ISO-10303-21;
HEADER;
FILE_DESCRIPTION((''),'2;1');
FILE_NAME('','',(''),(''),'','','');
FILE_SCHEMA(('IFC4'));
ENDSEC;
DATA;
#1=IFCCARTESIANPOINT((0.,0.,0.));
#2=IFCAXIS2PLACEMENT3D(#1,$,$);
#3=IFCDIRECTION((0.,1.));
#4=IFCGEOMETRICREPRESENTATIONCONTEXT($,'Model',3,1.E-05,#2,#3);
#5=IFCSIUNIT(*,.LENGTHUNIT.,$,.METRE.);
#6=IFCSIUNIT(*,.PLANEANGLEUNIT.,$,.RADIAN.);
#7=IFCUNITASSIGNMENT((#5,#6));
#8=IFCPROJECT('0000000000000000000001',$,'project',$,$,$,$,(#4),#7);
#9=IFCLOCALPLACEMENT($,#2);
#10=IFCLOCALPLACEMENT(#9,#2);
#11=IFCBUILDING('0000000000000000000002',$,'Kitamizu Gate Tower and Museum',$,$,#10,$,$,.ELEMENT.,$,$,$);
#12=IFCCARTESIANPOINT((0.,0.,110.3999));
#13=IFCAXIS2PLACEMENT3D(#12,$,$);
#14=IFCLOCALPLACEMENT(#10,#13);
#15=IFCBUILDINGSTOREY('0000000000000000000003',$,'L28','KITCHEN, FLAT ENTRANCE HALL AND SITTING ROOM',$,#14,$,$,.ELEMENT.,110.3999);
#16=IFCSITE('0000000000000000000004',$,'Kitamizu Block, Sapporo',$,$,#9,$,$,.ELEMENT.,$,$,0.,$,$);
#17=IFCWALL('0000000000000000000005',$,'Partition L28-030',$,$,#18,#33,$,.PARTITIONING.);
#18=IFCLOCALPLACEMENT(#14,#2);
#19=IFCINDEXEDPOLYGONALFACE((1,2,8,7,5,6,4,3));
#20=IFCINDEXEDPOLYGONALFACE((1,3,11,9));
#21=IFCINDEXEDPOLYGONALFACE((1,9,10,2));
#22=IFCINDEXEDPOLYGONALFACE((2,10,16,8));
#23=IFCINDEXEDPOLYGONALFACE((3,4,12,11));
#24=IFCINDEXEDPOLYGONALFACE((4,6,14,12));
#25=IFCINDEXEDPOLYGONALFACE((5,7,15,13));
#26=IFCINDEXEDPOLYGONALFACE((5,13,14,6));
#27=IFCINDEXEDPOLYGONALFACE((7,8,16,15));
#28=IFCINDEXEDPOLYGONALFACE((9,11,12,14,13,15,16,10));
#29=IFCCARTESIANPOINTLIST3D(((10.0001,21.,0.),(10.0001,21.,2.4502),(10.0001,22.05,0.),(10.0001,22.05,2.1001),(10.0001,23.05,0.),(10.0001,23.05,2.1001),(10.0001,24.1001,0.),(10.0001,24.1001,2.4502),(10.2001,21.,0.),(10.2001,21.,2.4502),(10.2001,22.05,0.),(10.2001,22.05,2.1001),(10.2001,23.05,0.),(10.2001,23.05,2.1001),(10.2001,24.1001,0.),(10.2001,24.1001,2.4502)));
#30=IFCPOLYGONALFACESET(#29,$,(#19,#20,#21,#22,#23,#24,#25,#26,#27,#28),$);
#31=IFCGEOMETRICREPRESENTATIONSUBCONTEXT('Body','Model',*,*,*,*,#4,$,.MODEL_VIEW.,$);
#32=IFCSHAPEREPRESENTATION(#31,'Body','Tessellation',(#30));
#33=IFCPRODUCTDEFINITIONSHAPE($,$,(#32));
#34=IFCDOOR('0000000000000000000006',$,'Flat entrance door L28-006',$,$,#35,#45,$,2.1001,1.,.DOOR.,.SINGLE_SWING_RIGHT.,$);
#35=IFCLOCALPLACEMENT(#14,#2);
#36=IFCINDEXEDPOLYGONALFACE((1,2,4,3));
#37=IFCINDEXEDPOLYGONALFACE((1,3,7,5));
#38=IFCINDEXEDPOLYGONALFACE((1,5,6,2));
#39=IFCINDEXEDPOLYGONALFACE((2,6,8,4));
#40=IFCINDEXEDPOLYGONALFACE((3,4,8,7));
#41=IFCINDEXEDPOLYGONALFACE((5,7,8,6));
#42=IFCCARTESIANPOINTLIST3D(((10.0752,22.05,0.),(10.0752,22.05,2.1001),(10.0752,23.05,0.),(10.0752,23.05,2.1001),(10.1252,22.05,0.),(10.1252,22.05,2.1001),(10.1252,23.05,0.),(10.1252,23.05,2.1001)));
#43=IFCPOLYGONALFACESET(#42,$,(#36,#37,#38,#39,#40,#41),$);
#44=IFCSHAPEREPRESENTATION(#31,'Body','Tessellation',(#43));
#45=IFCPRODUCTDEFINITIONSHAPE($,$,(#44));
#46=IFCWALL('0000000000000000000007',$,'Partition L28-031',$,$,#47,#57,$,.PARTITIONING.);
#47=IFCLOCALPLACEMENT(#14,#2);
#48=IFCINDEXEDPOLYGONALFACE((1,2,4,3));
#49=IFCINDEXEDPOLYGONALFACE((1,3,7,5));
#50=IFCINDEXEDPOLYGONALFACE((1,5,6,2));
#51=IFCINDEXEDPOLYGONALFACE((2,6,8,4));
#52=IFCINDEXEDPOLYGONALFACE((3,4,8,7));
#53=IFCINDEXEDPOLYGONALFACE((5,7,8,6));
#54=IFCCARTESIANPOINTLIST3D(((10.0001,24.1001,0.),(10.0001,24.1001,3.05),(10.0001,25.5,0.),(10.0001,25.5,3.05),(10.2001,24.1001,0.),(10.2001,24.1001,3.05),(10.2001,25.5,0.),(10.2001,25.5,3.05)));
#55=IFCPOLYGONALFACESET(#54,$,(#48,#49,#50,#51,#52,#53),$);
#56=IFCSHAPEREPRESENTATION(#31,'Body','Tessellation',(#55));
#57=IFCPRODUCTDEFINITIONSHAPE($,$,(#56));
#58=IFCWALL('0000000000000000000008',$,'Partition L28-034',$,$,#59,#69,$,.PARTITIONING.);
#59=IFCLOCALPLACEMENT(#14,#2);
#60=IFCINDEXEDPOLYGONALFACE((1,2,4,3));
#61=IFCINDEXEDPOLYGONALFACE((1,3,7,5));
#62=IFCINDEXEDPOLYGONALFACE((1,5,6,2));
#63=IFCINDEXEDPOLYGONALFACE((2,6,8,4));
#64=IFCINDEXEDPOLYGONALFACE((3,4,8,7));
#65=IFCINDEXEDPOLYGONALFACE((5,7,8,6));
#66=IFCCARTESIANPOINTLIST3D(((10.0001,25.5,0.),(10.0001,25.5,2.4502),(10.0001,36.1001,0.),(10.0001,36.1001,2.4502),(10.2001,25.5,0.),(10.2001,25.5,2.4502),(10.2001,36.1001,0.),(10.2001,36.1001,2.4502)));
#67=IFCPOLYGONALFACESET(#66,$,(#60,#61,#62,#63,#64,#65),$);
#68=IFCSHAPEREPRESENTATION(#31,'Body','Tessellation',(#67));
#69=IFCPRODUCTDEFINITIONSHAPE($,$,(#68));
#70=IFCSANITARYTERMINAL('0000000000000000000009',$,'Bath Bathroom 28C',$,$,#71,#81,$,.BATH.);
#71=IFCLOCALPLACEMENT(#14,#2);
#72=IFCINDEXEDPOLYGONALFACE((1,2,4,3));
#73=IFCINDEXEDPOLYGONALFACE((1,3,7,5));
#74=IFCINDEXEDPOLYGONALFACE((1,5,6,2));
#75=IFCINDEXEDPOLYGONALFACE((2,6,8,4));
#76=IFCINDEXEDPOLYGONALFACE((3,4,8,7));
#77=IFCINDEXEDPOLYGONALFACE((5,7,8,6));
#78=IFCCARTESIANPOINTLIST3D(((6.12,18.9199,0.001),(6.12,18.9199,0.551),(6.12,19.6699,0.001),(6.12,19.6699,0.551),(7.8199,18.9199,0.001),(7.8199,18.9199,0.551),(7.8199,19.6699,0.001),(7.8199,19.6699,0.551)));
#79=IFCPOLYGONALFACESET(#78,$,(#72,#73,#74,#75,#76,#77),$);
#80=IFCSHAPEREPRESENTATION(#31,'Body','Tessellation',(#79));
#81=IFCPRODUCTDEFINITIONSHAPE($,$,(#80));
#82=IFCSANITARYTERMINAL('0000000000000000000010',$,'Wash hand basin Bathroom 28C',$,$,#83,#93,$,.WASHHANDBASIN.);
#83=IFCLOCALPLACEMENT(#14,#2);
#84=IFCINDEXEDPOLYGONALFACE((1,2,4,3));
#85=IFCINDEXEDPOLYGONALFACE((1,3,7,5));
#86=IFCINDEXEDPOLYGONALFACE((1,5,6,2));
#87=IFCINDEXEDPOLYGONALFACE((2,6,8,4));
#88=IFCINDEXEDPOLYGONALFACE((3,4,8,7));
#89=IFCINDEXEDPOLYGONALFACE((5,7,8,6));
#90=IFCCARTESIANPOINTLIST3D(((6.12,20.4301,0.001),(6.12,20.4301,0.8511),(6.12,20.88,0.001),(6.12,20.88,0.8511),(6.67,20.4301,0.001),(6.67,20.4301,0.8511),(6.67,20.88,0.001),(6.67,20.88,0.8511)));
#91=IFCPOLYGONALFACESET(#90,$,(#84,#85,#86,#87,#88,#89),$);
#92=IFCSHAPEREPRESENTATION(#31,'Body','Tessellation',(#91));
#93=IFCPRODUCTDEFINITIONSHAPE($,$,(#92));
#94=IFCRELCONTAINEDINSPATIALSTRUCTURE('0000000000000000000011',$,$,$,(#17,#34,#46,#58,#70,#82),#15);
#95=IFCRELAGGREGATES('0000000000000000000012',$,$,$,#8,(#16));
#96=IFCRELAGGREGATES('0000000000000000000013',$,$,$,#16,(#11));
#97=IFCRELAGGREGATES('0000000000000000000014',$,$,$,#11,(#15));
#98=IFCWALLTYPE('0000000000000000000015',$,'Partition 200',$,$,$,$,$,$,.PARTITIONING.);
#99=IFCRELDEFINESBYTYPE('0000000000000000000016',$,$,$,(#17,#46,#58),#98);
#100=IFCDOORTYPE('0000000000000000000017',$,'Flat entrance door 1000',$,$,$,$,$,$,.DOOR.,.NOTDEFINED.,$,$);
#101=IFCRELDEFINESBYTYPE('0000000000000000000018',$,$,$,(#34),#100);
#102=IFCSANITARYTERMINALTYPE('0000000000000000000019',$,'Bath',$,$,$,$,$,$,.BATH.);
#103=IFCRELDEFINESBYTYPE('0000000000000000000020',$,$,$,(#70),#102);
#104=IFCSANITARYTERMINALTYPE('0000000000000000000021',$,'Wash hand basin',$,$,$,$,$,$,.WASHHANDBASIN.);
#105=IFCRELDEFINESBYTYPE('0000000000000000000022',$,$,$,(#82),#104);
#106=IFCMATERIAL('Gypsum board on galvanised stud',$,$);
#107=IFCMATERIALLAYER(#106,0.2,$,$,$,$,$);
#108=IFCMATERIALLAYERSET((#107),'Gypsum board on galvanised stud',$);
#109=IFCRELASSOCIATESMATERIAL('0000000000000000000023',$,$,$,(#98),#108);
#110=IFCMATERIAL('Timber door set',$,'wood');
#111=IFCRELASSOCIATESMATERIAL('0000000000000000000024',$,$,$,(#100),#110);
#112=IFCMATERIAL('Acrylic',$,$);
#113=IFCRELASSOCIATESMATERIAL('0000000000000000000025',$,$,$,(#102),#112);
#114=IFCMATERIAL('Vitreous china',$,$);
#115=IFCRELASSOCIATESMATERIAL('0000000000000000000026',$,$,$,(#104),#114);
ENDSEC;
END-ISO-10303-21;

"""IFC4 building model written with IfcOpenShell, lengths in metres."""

from ifc_helpers import new_model, si_unit, direction, frame, frame_2d, origin, origin_2d, place, context, subcontext, project, spatial, rectangle, extrude, material, layer, layer_set, type_object, element, fill, save


model = new_model("IFC4")

# Units and contexts
model_context = context("Model", 3, precision=1e-05, world=origin(), true_north=direction((0.0, 1.0)))
body_context = subcontext(model_context, "Body", "Model", "MODEL_VIEW")
ifc_project = project(units=[si_unit("LENGTHUNIT", "METRE"), si_unit("PLANEANGLEUNIT", "RADIAN")], contexts=[model_context])

# Site, building, storey
site_placement = place(None, origin())
site = spatial("IfcSite", under=ifc_project, at=site_placement, Name="Kitamizu Block, Sapporo", CompositionType="ELEMENT", RefElevation=0.0)
building_placement = place(site_placement, origin())
building = spatial("IfcBuilding", under=site, at=building_placement, Name="Kitamizu Gate Tower and Museum", CompositionType="ELEMENT")
storey_placement = place(building_placement, frame((0.0, 0.0, 110.3999)))
storey = spatial("IfcBuildingStorey", under=building, at=storey_placement, Name="L28", Description="KITCHEN, FLAT ENTRANCE HALL AND SITTING ROOM", CompositionType="ELEMENT", Elevation=110.3999)

# Wall, opening, door
ifc_material_1 = material(Name="Gypsum board on galvanised stud")
ifc_layer_1 = layer(ifc_material_1, 0.2)
ifc_layer_set_1 = layer_set([ifc_layer_1], Name="Gypsum board on galvanised stud")
wall_type_1 = type_object("IfcWallType", Name="Partition 200", PredefinedType="PARTITIONING", material=ifc_layer_set_1)
wall_1_placement = place(storey_placement, frame((10.1001, 21.0, 0.0), z_axis=(0.0, 0.0, 1.0), x_axis=(0.0, 1.0, 0.0)))
wall_1 = element("IfcWall", 1, at=wall_1_placement, inside=storey, type_object=wall_type_1, Name="Partition L28-030", PredefinedType="PARTITIONING", context=body_context, shape_type="SweptSolid", body=[
    extrude(rectangle(XDim=3.1001, YDim=0.2, at=frame_2d((1.55, 0.0))), origin(), (0.0, 0.0, 1.0), 2.4502),
])
opening_1_placement = place(wall_1_placement, frame((1.05, 0.0, 0.0)))
opening_1 = element("IfcOpeningElement", 2, at=opening_1_placement, cuts=wall_1, PredefinedType="OPENING", context=body_context, shape_type="SweptSolid", body=[
    extrude(rectangle(XDim=1.0, YDim=2.1001, at=frame_2d((0.5, 1.05))), frame((0.0, 0.1099, 0.0), z_axis=(0.0, -1.0, 0.0), x_axis=(1.0, 0.0, 0.0)), (0.0, 0.0, 1.0), 0.22),
])
ifc_material_2 = material(Name="Timber door set", Category="wood")
door_type_1 = type_object("IfcDoorType", Name="Flat entrance door 1000", OperationType="NOTDEFINED", PredefinedType="DOOR", material=ifc_material_2)
door_1_placement = place(opening_1_placement, origin())
door_1 = element("IfcDoor", 3, at=door_1_placement, inside=storey, type_object=door_type_1, Name="Flat entrance door L28-006", OperationType="SINGLE_SWING_RIGHT", OverallHeight=2.1001, OverallWidth=1.0, PredefinedType="DOOR", context=body_context, shape_type="SweptSolid", body=[
    extrude(rectangle(XDim=1.0, YDim=2.1001, at=frame_2d((0.5, 1.05))), frame((0.0, 0.0249, 0.0), z_axis=(0.0, -1.0, 0.0), x_axis=(1.0, 0.0, 0.0)), (0.0, 0.0, 1.0), 0.05),
])
fill(opening_1, door_1)

# Walls
wall_2_placement = place(storey_placement, frame((10.1001, 24.1001, 0.0), z_axis=(0.0, 0.0, 1.0), x_axis=(0.0, 1.0, 0.0)))
element("IfcWall", 4, at=wall_2_placement, inside=storey, type_object=wall_type_1, Name="Partition L28-031", PredefinedType="PARTITIONING", context=body_context, shape_type="SweptSolid", body=[
    extrude(rectangle(XDim=1.3999, YDim=0.2, at=frame_2d((0.7, 0.0))), origin(), (0.0, 0.0, 1.0), 3.05),
])
wall_3_placement = place(storey_placement, frame((10.1001, 25.5, 0.0), z_axis=(0.0, 0.0, 1.0), x_axis=(0.0, 1.0, 0.0)))
element("IfcWall", 5, at=wall_3_placement, inside=storey, type_object=wall_type_1, Name="Partition L28-034", PredefinedType="PARTITIONING", context=body_context, shape_type="SweptSolid", body=[
    extrude(rectangle(XDim=10.6001, YDim=0.2, at=frame_2d((5.3, 0.0))), origin(), (0.0, 0.0, 1.0), 2.4502),
])

# Sanitary terminals
ifc_material_3 = material(Name="Acrylic")
sanitary_terminal_type_1 = type_object("IfcSanitaryTerminalType", Name="Bath", PredefinedType="BATH", material=ifc_material_3)
sanitary_terminal_1_placement = place(storey_placement, frame((6.97, 19.2949, 0.001), z_axis=(0.0, 0.0, 1.0), x_axis=(1.0, 0.0, 0.0)))
element("IfcSanitaryTerminal", 6, at=sanitary_terminal_1_placement, inside=storey, type_object=sanitary_terminal_type_1, Name="Bath Bathroom 28C", PredefinedType="BATH", context=body_context, shape_type="SweptSolid", body=[
    extrude(rectangle(XDim=1.7, YDim=0.75, at=origin_2d()), origin(), (0.0, 0.0, 1.0), 0.55),
])
ifc_material_4 = material(Name="Vitreous china")
sanitary_terminal_type_2 = type_object("IfcSanitaryTerminalType", Name="Wash hand basin", PredefinedType="WASHHANDBASIN", material=ifc_material_4)
sanitary_terminal_2_placement = place(storey_placement, frame((6.395, 20.655, 0.001), z_axis=(0.0, 0.0, 1.0), x_axis=(1.0, 0.0, 0.0)))
element("IfcSanitaryTerminal", 7, at=sanitary_terminal_2_placement, inside=storey, type_object=sanitary_terminal_type_2, Name="Wash hand basin Bathroom 28C", PredefinedType="WASHHANDBASIN", context=body_context, shape_type="SweptSolid", body=[
    extrude(rectangle(XDim=0.55, YDim=0.45, at=origin_2d()), origin(), (0.0, 0.0, 1.0), 0.8501),
])

save(model, "model.ifc")
